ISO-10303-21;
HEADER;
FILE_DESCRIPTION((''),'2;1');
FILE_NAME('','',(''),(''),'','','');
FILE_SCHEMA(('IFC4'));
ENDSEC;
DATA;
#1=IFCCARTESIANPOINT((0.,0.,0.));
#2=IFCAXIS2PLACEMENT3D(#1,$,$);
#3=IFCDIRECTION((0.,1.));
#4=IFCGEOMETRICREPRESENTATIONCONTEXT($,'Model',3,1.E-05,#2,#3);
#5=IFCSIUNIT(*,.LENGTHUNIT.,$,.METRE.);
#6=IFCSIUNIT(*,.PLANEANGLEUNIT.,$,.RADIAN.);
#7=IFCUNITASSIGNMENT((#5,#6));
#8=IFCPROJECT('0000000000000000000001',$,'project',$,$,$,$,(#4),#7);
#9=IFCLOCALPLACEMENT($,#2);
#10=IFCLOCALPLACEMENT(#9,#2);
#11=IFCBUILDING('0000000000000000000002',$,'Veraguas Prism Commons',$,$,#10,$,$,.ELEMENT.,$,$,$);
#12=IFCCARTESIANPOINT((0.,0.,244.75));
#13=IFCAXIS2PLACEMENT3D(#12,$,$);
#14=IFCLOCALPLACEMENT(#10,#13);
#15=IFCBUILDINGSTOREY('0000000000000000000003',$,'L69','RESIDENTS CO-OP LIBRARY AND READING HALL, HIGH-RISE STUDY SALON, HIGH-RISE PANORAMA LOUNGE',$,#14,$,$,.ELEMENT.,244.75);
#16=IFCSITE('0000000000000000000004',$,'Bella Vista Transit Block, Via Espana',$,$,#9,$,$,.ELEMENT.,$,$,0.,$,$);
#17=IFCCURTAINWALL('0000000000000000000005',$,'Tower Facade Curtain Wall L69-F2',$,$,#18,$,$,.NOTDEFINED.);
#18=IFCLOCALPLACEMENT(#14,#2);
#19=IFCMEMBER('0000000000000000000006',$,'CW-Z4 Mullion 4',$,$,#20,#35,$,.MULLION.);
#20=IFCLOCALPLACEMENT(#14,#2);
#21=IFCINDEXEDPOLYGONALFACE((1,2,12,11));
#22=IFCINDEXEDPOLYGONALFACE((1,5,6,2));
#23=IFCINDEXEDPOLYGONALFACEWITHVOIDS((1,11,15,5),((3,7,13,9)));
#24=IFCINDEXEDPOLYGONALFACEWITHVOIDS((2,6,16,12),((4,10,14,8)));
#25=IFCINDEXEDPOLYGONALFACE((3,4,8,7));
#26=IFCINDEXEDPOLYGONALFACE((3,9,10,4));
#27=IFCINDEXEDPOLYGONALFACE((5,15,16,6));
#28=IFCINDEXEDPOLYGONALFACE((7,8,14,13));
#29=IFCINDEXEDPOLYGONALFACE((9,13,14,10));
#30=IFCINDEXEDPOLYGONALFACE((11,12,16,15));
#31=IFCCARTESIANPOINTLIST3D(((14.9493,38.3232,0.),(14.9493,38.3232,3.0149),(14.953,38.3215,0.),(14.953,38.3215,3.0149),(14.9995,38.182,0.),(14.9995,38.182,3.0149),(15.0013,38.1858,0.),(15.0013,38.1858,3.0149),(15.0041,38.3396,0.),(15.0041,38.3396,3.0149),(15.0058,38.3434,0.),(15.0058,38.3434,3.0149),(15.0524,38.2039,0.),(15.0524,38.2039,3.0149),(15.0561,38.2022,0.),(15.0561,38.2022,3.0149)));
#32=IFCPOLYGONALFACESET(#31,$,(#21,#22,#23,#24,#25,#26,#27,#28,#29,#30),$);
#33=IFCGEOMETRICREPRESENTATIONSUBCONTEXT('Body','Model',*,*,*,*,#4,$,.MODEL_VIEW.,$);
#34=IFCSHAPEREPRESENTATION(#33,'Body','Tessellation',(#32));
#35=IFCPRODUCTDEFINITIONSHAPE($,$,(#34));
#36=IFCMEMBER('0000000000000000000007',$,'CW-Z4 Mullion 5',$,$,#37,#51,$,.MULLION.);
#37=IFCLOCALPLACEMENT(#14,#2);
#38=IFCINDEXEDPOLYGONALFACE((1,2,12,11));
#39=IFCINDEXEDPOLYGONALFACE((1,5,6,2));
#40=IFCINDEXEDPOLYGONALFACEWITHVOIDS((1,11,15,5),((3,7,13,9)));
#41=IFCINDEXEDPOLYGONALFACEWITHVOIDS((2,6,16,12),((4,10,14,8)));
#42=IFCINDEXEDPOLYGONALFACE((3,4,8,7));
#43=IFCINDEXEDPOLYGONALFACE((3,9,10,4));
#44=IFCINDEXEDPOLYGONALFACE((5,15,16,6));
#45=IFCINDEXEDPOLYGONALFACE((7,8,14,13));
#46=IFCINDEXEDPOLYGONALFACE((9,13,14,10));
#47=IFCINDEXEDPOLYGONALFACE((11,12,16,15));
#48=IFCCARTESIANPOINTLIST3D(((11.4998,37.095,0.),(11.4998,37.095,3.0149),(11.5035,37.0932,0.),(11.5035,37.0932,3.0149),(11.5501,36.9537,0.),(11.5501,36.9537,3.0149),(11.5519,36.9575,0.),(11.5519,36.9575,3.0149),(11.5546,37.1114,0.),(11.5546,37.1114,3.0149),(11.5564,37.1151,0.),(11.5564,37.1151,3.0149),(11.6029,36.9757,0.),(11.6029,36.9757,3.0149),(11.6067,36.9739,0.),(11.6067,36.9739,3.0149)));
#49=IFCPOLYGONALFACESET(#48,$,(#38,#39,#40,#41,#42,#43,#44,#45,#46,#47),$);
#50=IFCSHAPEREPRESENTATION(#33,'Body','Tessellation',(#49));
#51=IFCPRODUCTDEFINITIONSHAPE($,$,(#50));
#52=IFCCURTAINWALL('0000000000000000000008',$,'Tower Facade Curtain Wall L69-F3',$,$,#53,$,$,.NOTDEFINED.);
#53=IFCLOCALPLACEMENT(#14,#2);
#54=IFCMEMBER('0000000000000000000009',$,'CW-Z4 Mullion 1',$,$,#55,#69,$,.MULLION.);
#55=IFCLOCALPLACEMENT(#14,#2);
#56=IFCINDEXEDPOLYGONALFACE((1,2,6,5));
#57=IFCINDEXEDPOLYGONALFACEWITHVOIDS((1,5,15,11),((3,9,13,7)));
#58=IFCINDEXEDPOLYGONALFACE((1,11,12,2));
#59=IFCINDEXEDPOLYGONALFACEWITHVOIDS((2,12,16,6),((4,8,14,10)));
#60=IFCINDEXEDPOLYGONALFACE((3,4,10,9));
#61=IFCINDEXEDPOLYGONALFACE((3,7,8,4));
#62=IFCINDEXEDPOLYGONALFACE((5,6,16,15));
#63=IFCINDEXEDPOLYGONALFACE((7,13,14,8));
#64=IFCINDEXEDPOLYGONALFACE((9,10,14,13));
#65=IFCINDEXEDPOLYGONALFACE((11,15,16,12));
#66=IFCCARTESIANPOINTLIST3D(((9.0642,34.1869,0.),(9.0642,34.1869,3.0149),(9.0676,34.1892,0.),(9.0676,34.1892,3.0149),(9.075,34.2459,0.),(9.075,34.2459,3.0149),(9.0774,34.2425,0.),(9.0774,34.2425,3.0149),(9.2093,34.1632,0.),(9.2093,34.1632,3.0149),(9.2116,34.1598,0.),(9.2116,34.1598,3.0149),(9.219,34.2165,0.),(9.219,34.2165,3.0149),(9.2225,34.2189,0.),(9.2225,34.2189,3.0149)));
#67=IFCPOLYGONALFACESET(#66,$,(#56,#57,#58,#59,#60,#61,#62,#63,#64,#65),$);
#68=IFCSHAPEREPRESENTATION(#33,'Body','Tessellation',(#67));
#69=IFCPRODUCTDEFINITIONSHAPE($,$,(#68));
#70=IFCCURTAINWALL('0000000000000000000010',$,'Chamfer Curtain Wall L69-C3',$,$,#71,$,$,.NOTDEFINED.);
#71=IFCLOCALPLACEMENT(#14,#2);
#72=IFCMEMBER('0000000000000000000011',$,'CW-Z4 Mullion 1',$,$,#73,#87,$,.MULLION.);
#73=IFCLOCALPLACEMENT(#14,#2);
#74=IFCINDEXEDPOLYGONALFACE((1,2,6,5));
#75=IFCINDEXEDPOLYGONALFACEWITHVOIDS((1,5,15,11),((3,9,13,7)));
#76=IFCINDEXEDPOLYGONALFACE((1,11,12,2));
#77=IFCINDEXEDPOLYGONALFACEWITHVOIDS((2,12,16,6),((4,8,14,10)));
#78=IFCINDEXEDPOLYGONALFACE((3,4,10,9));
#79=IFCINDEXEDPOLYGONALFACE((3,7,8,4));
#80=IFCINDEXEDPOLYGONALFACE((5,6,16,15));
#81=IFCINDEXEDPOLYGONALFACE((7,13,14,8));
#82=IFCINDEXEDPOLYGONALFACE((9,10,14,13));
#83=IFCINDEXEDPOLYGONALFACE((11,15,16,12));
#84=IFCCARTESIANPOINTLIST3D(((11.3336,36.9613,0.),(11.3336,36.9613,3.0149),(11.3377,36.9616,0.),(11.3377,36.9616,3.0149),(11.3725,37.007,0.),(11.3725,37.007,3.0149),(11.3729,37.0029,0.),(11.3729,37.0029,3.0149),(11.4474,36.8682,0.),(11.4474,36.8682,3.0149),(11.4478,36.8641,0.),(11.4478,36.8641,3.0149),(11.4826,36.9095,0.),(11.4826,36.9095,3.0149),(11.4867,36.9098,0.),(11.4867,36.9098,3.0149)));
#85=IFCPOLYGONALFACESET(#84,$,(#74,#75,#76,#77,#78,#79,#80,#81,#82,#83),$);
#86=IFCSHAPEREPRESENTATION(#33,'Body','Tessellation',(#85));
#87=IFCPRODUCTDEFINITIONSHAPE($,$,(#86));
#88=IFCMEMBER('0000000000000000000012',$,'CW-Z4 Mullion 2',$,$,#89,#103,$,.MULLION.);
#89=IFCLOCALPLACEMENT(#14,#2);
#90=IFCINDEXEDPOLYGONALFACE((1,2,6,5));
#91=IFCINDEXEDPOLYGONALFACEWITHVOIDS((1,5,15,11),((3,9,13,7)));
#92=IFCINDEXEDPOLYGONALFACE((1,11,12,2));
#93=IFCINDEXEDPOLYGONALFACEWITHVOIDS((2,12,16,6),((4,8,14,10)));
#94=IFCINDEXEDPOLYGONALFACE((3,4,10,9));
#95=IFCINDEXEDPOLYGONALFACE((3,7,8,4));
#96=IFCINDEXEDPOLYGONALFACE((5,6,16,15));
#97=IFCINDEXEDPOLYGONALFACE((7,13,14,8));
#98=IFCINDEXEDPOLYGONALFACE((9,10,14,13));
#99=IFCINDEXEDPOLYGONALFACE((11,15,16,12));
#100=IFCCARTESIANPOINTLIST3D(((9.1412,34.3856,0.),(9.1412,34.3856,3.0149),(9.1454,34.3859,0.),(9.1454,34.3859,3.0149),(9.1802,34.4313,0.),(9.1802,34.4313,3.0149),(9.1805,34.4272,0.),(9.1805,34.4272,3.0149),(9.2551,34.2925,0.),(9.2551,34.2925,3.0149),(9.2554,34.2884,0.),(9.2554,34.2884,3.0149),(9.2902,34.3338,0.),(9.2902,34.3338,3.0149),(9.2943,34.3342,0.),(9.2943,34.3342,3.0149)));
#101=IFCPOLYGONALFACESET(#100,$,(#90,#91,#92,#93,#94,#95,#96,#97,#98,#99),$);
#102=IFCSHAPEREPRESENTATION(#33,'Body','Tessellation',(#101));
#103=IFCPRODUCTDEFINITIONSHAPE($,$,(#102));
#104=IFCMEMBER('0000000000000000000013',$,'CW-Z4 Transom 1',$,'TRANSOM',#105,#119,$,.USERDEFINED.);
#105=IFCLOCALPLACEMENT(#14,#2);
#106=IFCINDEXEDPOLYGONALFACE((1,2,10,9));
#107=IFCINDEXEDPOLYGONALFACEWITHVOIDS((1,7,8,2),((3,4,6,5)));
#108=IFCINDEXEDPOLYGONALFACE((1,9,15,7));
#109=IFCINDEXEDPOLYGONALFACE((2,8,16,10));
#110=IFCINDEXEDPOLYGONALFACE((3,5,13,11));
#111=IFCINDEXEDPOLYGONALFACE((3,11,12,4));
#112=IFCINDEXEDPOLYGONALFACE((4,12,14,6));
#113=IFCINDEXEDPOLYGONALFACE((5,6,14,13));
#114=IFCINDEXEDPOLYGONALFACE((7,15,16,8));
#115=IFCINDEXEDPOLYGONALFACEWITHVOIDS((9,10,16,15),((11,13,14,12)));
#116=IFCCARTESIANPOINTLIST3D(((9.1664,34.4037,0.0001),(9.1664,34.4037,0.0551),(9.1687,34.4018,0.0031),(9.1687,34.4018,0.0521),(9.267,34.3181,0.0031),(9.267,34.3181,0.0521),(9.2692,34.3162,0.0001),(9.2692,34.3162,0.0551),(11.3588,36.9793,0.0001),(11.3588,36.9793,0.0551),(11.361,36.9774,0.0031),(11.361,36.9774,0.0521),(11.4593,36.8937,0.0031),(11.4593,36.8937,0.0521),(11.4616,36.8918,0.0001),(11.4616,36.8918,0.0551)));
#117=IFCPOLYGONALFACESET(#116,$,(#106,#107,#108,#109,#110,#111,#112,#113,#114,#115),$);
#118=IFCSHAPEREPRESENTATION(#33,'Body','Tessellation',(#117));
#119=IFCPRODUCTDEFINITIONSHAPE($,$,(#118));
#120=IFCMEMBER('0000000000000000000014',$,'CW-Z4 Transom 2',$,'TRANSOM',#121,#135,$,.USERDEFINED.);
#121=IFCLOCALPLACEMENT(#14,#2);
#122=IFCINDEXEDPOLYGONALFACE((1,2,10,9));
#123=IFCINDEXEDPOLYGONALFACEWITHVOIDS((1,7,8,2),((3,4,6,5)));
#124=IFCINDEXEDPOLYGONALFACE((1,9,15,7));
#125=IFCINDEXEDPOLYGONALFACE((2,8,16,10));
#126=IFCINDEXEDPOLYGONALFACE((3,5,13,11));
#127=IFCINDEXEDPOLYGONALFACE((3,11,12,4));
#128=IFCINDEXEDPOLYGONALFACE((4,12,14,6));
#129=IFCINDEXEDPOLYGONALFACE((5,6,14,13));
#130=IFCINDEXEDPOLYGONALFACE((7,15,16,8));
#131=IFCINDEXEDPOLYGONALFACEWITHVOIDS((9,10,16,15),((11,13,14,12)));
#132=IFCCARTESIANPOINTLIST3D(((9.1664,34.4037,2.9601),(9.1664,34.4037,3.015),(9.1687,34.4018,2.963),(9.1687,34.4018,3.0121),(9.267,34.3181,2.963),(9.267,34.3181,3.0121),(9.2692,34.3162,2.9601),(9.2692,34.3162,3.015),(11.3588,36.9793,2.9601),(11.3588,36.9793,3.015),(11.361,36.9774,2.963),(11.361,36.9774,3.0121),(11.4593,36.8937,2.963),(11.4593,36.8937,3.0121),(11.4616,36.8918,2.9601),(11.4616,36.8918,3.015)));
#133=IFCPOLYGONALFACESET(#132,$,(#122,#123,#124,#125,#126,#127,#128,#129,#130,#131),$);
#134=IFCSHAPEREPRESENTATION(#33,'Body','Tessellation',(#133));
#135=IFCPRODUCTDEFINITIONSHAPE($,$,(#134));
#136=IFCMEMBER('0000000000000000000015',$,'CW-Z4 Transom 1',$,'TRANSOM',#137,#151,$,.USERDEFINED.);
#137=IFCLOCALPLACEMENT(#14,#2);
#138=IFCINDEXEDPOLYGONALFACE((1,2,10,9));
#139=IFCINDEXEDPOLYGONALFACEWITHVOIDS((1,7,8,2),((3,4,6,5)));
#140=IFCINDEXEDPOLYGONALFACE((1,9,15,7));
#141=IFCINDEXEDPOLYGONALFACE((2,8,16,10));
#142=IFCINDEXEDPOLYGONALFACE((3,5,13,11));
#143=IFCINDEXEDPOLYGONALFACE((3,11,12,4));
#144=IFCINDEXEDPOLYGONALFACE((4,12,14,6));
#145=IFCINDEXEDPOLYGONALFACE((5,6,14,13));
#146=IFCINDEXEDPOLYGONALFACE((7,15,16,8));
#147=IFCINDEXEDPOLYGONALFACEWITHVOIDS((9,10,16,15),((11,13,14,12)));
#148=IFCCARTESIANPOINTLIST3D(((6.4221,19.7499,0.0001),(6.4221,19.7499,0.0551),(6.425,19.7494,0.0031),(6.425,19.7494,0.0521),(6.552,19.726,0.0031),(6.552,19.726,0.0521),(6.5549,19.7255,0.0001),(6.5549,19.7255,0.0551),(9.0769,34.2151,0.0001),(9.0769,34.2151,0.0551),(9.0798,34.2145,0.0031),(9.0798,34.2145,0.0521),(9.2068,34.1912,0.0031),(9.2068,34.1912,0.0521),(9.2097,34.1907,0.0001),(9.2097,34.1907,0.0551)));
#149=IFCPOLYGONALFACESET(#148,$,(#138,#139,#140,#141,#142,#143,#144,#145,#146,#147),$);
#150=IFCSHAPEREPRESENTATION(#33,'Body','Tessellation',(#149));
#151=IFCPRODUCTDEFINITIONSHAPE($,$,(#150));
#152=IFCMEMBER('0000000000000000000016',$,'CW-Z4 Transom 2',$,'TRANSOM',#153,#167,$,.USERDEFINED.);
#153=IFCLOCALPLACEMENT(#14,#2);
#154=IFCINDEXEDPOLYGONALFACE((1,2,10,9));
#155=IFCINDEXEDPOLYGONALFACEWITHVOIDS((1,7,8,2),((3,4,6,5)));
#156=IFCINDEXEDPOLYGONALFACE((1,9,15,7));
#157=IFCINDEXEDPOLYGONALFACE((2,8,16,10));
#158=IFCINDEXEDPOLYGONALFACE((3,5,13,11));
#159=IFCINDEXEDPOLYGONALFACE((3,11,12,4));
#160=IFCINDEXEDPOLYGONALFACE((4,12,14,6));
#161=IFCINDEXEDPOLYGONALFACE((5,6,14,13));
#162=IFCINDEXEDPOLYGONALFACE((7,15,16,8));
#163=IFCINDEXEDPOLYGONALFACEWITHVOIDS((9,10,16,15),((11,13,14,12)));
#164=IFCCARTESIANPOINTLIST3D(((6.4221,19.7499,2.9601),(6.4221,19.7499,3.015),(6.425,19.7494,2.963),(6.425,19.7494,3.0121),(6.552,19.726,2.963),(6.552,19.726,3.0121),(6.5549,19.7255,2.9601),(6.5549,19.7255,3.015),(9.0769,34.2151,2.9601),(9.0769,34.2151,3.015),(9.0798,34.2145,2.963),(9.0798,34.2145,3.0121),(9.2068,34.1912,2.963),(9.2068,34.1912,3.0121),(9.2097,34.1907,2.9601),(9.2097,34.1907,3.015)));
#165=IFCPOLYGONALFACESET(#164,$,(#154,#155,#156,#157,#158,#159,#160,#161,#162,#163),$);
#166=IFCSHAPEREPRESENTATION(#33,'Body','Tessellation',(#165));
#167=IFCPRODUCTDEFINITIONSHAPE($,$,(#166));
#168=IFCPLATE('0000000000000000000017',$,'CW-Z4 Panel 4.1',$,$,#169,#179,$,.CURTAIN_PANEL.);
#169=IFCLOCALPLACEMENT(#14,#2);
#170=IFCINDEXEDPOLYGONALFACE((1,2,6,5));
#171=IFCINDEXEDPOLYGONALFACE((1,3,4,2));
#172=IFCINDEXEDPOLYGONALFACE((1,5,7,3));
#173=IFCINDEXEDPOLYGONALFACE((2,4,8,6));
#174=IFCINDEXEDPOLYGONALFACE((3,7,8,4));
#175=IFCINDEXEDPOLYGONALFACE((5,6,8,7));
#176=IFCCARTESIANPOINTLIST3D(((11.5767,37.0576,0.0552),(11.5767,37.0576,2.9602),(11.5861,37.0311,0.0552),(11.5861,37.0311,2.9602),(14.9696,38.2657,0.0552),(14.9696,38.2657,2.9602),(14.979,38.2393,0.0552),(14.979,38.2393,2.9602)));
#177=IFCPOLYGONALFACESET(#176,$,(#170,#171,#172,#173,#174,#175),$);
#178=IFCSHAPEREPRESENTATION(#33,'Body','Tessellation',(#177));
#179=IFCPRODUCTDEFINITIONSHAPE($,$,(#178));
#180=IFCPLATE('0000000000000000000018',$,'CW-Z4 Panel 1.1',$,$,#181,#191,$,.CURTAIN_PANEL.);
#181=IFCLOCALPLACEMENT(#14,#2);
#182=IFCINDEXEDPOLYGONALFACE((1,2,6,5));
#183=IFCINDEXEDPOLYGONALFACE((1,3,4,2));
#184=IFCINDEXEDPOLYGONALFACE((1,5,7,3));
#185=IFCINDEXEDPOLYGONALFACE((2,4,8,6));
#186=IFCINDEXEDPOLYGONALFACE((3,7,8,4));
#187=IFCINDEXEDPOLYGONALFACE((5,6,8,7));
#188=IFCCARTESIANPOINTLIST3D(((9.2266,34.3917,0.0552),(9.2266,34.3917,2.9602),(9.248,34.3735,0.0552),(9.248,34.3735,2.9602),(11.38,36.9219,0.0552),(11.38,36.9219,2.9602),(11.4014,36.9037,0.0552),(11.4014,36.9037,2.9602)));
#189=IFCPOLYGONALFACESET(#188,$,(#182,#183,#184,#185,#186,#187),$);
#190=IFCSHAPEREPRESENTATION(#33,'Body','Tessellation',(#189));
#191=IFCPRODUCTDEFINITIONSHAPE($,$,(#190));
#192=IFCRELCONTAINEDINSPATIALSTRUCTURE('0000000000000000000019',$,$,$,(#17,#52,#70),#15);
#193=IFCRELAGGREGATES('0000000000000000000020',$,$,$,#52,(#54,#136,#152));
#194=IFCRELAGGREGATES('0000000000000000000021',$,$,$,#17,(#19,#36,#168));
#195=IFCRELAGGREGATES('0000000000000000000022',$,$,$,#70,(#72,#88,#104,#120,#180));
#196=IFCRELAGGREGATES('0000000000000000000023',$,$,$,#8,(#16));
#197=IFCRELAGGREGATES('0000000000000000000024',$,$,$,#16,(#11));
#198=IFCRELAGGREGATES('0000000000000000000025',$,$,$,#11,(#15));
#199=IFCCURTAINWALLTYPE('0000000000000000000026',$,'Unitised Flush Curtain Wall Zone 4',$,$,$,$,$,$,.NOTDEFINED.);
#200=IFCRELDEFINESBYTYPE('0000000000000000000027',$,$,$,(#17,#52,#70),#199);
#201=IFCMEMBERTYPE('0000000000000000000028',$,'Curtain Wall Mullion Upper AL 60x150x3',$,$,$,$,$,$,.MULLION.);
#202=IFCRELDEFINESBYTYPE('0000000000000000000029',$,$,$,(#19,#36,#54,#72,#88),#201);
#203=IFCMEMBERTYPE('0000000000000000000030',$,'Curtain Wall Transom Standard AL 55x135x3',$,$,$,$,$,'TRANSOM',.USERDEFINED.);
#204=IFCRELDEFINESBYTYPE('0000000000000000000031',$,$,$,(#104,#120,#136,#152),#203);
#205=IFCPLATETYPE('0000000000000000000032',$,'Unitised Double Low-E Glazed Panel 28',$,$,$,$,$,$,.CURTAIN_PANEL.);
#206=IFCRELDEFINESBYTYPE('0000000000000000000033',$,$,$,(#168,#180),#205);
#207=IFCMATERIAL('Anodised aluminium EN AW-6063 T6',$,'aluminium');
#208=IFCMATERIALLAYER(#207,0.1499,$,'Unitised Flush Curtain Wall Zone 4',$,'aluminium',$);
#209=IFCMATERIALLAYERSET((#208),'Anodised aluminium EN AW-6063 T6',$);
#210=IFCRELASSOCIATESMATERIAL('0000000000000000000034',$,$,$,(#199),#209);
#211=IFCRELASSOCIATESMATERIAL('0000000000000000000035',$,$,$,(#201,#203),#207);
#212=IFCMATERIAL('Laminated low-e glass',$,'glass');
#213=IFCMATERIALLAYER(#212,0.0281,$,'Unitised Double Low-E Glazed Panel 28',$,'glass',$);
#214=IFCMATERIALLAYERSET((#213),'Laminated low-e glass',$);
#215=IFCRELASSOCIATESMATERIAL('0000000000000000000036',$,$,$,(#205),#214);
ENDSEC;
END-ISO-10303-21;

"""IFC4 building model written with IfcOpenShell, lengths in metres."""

from ifc_helpers import new_model, si_unit, direction, frame, origin, origin_2d, place, context, subcontext, project, spatial, rectangle, hollow_rectangle, extrude, source, transform, mapped, material, layer, layer_set, material_profile, profile_set, type_object, element, aggregate, save


model = new_model("IFC4")

# Units and contexts
model_context = context("Model", 3, precision=1e-05, world=origin(), true_north=direction((0.0, 1.0)))
body_context = subcontext(model_context, "Body", "Model", "MODEL_VIEW")
ifc_project = project(units=[si_unit("LENGTHUNIT", "METRE"), si_unit("PLANEANGLEUNIT", "RADIAN")], contexts=[model_context])

# Site, building, storey
site_placement = place(None, origin())
site = spatial("IfcSite", under=ifc_project, at=site_placement, Name="Bella Vista Transit Block, Via Espana", CompositionType="ELEMENT", RefElevation=0.0)
building_placement = place(site_placement, origin())
building = spatial("IfcBuilding", under=site, at=building_placement, Name="Veraguas Prism Commons", CompositionType="ELEMENT")
storey_placement = place(building_placement, frame((0.0, 0.0, 244.75)))
storey = spatial("IfcBuildingStorey", under=building, at=storey_placement, Name="L69", Description="RESIDENTS CO-OP LIBRARY AND READING HALL, HIGH-RISE STUDY SALON, HIGH-RISE PANORAMA LOUNGE", CompositionType="ELEMENT", Elevation=244.75)

# Curtain wall, members
ifc_material_1 = material(Name="Anodised aluminium EN AW-6063 T6", Category="aluminium")
ifc_layer_1 = layer(ifc_material_1, 0.1499, Name="Unitised Flush Curtain Wall Zone 4", Category="aluminium")
ifc_layer_set_1 = layer_set([ifc_layer_1], Name="Anodised aluminium EN AW-6063 T6")
curtain_wall_type = type_object("IfcCurtainWallType", Name="Unitised Flush Curtain Wall Zone 4", PredefinedType="NOTDEFINED", material=ifc_layer_set_1)
curtain_wall_1_placement = place(storey_placement, origin())
curtain_wall_1 = element("IfcCurtainWall", 1, at=curtain_wall_1_placement, inside=storey, type_object=curtain_wall_type, Name="Tower Facade Curtain Wall L69-F2", PredefinedType="NOTDEFINED")
ifc_material_profile_1 = material_profile(ifc_material_1, hollow_rectangle(XDim=0.0601, YDim=0.1499, WallThickness=0.0029, at=origin_2d()), Name="AL60X150X3")
ifc_profile_set_1 = profile_set([ifc_material_profile_1], Name="Anodised aluminium EN AW-6063 T6")
member_type_1 = type_object("IfcMemberType", Name="Curtain Wall Mullion Upper AL 60x150x3", PredefinedType="MULLION", material=ifc_profile_set_1)
shared_shape_1 = source(origin(), body_context, "Body", "SweptSolid", [
    extrude(hollow_rectangle(XDim=0.0601, YDim=0.1499, WallThickness=0.0029, at=origin_2d()), origin(), (0.0, 0.0, 1.0), 3.0149),
])
member_1_placement = place(storey_placement, frame((15.0027, 38.2627, 0.0), z_axis=(0.0, 0.0, 1.0), x_axis=(-0.942056, -0.335457, 0.0)))
member_1 = element("IfcMember", 2, at=member_1_placement, type_object=member_type_1, Name="CW-Z4 Mullion 4", PredefinedType="MULLION", context=body_context, shape_type="MappedRepresentation", body=[
    mapped(shared_shape_1, transform((0.0, 0.0, 0.0), scale=1.0)),
])
member_2_placement = place(storey_placement, frame((11.5532, 37.0344, 0.0), z_axis=(0.0, 0.0, 1.0), x_axis=(-0.942056, -0.335457, 0.0)))
member_2 = element("IfcMember", 3, at=member_2_placement, type_object=member_type_1, Name="CW-Z4 Mullion 5", PredefinedType="MULLION", context=body_context, shape_type="MappedRepresentation", body=[
    mapped(shared_shape_1, transform((0.0, 0.0, 0.0), scale=1.0)),
])

# Curtain wall, member
curtain_wall_2_placement = place(storey_placement, origin())
curtain_wall_2 = element("IfcCurtainWall", 4, at=curtain_wall_2_placement, inside=storey, type_object=curtain_wall_type, Name="Tower Facade Curtain Wall L69-F3", PredefinedType="NOTDEFINED")
member_3_placement = place(storey_placement, frame((9.1433, 34.2029, 0.0), z_axis=(0.0, 0.0, 1.0), x_axis=(-0.180524, -0.983571, 0.0)))
member_3 = element("IfcMember", 5, at=member_3_placement, type_object=member_type_1, Name="CW-Z4 Mullion 1", PredefinedType="MULLION", context=body_context, shape_type="MappedRepresentation", body=[
    mapped(shared_shape_1, transform((0.0, 0.0, 0.0), scale=1.0)),
])

# Curtain wall, members
curtain_wall_3_placement = place(storey_placement, origin())
curtain_wall_3 = element("IfcCurtainWall", 6, at=curtain_wall_3_placement, inside=storey, type_object=curtain_wall_type, Name="Chamfer Curtain Wall L69-C3", PredefinedType="NOTDEFINED")
member_4_placement = place(storey_placement, frame((11.4102, 36.9355, 0.0), z_axis=(0.0, 0.0, 1.0), x_axis=(-0.648125, -0.761534, 0.0)))
member_4 = element("IfcMember", 7, at=member_4_placement, type_object=member_type_1, Name="CW-Z4 Mullion 1", PredefinedType="MULLION", context=body_context, shape_type="MappedRepresentation", body=[
    mapped(shared_shape_1, transform((0.0, 0.0, 0.0), scale=1.0)),
])
member_5_placement = place(storey_placement, frame((9.2178, 34.3599, 0.0), z_axis=(0.0, 0.0, 1.0), x_axis=(-0.648125, -0.761534, 0.0)))
member_5 = element("IfcMember", 8, at=member_5_placement, type_object=member_type_1, Name="CW-Z4 Mullion 2", PredefinedType="MULLION", context=body_context, shape_type="MappedRepresentation", body=[
    mapped(shared_shape_1, transform((0.0, 0.0, 0.0), scale=1.0)),
])
ifc_material_profile_2 = material_profile(ifc_material_1, hollow_rectangle(XDim=0.0549, YDim=0.135, WallThickness=0.0029, at=origin_2d()), Name="AL55X135X3")
ifc_profile_set_2 = profile_set([ifc_material_profile_2], Name="Anodised aluminium EN AW-6063 T6")
member_type_2 = type_object("IfcMemberType", Name="Curtain Wall Transom Standard AL 55x135x3", ElementType="TRANSOM", PredefinedType="USERDEFINED", material=ifc_profile_set_2)
shared_shape_2 = source(origin(), body_context, "Body", "SweptSolid", [
    extrude(hollow_rectangle(XDim=0.0549, YDim=0.135, WallThickness=0.0029, at=origin_2d()), origin(), (0.0, 0.0, 1.0), 3.3823),
])
member_6_placement = place(storey_placement, frame((11.4102, 36.9355, 0.0276), z_axis=(-0.648172, -0.761494, 0.0), x_axis=(0.0, 0.0, 1.0)))
member_6 = element("IfcMember", 9, at=member_6_placement, type_object=member_type_2, Name="CW-Z4 Transom 1", ObjectType="TRANSOM", PredefinedType="USERDEFINED", context=body_context, shape_type="MappedRepresentation", body=[
    mapped(shared_shape_2, transform((0.0, 0.0, 0.0), scale=1.0)),
])
member_7_placement = place(storey_placement, frame((11.4102, 36.9355, 2.9875), z_axis=(-0.648172, -0.761494, 0.0), x_axis=(0.0, 0.0, 1.0)))
member_7 = element("IfcMember", 10, at=member_7_placement, type_object=member_type_2, Name="CW-Z4 Transom 2", ObjectType="TRANSOM", PredefinedType="USERDEFINED", context=body_context, shape_type="MappedRepresentation", body=[
    mapped(shared_shape_2, transform((0.0, 0.0, 0.0), scale=1.0)),
])

# Members
shared_shape_3 = source(origin(), body_context, "Body", "SweptSolid", [
    extrude(hollow_rectangle(XDim=0.0549, YDim=0.135, WallThickness=0.0029, at=origin_2d()), origin(), (0.0, 0.0, 1.0), 14.7068),
])
member_8_placement = place(storey_placement, frame((9.1433, 34.2029, 0.0276), z_axis=(-0.180516, -0.983572, 0.0), x_axis=(0.0, 0.0, 1.0)))
member_8 = element("IfcMember", 11, at=member_8_placement, type_object=member_type_2, Name="CW-Z4 Transom 1", ObjectType="TRANSOM", PredefinedType="USERDEFINED", context=body_context, shape_type="MappedRepresentation", body=[
    mapped(shared_shape_3, transform((0.0, 0.0, 0.0), scale=1.0)),
])
member_9_placement = place(storey_placement, frame((9.1433, 34.2029, 2.9875), z_axis=(-0.180516, -0.983572, 0.0), x_axis=(0.0, 0.0, 1.0)))
member_9 = element("IfcMember", 12, at=member_9_placement, type_object=member_type_2, Name="CW-Z4 Transom 2", ObjectType="TRANSOM", PredefinedType="USERDEFINED", context=body_context, shape_type="MappedRepresentation", body=[
    mapped(shared_shape_3, transform((0.0, 0.0, 0.0), scale=1.0)),
])
aggregate(curtain_wall_2, [member_3, member_8, member_9])

# Plates
ifc_material_2 = material(Name="Laminated low-e glass", Category="glass")
ifc_layer_2 = layer(ifc_material_2, 0.0281, Name="Unitised Double Low-E Glazed Panel 28", Category="glass")
ifc_layer_set_2 = layer_set([ifc_layer_2], Name="Laminated low-e glass")
plate_type = type_object("IfcPlateType", Name="Unitised Double Low-E Glazed Panel 28", PredefinedType="CURTAIN_PANEL", material=ifc_layer_set_2)
shared_shape_4 = source(origin(), body_context, "Body", "SweptSolid", [
    extrude(rectangle(XDim=3.6016, YDim=0.0281, at=origin_2d()), origin(), (0.0, 0.0, 1.0), 2.905),
])
plate_1_placement = place(storey_placement, frame((13.2778, 37.6484, 0.0552), z_axis=(0.0, 0.0, 1.0), x_axis=(-0.942056, -0.335457, 0.0)))
plate_1 = element("IfcPlate", 13, at=plate_1_placement, type_object=plate_type, Name="CW-Z4 Panel 4.1", PredefinedType="CURTAIN_PANEL", context=body_context, shape_type="MappedRepresentation", body=[
    mapped(shared_shape_4, transform((0.0, 0.0, 0.0), scale=1.0)),
])
aggregate(curtain_wall_1, [member_1, member_2, plate_1])
shared_shape_5 = source(origin(), body_context, "Body", "SweptSolid", [
    extrude(rectangle(XDim=3.3225, YDim=0.0281, at=origin_2d()), origin(), (0.0, 0.0, 1.0), 2.905),
])
plate_2_placement = place(storey_placement, frame((10.314, 35.6477, 0.0552), z_axis=(0.0, 0.0, 1.0), x_axis=(-0.648125, -0.761534, 0.0)))
plate_2 = element("IfcPlate", 14, at=plate_2_placement, type_object=plate_type, Name="CW-Z4 Panel 1.1", PredefinedType="CURTAIN_PANEL", context=body_context, shape_type="MappedRepresentation", body=[
    mapped(shared_shape_5, transform((0.0, 0.0, 0.0), scale=1.0)),
])
aggregate(curtain_wall_3, [member_4, member_5, member_6, member_7, plate_2])

save(model, "model.ifc")
